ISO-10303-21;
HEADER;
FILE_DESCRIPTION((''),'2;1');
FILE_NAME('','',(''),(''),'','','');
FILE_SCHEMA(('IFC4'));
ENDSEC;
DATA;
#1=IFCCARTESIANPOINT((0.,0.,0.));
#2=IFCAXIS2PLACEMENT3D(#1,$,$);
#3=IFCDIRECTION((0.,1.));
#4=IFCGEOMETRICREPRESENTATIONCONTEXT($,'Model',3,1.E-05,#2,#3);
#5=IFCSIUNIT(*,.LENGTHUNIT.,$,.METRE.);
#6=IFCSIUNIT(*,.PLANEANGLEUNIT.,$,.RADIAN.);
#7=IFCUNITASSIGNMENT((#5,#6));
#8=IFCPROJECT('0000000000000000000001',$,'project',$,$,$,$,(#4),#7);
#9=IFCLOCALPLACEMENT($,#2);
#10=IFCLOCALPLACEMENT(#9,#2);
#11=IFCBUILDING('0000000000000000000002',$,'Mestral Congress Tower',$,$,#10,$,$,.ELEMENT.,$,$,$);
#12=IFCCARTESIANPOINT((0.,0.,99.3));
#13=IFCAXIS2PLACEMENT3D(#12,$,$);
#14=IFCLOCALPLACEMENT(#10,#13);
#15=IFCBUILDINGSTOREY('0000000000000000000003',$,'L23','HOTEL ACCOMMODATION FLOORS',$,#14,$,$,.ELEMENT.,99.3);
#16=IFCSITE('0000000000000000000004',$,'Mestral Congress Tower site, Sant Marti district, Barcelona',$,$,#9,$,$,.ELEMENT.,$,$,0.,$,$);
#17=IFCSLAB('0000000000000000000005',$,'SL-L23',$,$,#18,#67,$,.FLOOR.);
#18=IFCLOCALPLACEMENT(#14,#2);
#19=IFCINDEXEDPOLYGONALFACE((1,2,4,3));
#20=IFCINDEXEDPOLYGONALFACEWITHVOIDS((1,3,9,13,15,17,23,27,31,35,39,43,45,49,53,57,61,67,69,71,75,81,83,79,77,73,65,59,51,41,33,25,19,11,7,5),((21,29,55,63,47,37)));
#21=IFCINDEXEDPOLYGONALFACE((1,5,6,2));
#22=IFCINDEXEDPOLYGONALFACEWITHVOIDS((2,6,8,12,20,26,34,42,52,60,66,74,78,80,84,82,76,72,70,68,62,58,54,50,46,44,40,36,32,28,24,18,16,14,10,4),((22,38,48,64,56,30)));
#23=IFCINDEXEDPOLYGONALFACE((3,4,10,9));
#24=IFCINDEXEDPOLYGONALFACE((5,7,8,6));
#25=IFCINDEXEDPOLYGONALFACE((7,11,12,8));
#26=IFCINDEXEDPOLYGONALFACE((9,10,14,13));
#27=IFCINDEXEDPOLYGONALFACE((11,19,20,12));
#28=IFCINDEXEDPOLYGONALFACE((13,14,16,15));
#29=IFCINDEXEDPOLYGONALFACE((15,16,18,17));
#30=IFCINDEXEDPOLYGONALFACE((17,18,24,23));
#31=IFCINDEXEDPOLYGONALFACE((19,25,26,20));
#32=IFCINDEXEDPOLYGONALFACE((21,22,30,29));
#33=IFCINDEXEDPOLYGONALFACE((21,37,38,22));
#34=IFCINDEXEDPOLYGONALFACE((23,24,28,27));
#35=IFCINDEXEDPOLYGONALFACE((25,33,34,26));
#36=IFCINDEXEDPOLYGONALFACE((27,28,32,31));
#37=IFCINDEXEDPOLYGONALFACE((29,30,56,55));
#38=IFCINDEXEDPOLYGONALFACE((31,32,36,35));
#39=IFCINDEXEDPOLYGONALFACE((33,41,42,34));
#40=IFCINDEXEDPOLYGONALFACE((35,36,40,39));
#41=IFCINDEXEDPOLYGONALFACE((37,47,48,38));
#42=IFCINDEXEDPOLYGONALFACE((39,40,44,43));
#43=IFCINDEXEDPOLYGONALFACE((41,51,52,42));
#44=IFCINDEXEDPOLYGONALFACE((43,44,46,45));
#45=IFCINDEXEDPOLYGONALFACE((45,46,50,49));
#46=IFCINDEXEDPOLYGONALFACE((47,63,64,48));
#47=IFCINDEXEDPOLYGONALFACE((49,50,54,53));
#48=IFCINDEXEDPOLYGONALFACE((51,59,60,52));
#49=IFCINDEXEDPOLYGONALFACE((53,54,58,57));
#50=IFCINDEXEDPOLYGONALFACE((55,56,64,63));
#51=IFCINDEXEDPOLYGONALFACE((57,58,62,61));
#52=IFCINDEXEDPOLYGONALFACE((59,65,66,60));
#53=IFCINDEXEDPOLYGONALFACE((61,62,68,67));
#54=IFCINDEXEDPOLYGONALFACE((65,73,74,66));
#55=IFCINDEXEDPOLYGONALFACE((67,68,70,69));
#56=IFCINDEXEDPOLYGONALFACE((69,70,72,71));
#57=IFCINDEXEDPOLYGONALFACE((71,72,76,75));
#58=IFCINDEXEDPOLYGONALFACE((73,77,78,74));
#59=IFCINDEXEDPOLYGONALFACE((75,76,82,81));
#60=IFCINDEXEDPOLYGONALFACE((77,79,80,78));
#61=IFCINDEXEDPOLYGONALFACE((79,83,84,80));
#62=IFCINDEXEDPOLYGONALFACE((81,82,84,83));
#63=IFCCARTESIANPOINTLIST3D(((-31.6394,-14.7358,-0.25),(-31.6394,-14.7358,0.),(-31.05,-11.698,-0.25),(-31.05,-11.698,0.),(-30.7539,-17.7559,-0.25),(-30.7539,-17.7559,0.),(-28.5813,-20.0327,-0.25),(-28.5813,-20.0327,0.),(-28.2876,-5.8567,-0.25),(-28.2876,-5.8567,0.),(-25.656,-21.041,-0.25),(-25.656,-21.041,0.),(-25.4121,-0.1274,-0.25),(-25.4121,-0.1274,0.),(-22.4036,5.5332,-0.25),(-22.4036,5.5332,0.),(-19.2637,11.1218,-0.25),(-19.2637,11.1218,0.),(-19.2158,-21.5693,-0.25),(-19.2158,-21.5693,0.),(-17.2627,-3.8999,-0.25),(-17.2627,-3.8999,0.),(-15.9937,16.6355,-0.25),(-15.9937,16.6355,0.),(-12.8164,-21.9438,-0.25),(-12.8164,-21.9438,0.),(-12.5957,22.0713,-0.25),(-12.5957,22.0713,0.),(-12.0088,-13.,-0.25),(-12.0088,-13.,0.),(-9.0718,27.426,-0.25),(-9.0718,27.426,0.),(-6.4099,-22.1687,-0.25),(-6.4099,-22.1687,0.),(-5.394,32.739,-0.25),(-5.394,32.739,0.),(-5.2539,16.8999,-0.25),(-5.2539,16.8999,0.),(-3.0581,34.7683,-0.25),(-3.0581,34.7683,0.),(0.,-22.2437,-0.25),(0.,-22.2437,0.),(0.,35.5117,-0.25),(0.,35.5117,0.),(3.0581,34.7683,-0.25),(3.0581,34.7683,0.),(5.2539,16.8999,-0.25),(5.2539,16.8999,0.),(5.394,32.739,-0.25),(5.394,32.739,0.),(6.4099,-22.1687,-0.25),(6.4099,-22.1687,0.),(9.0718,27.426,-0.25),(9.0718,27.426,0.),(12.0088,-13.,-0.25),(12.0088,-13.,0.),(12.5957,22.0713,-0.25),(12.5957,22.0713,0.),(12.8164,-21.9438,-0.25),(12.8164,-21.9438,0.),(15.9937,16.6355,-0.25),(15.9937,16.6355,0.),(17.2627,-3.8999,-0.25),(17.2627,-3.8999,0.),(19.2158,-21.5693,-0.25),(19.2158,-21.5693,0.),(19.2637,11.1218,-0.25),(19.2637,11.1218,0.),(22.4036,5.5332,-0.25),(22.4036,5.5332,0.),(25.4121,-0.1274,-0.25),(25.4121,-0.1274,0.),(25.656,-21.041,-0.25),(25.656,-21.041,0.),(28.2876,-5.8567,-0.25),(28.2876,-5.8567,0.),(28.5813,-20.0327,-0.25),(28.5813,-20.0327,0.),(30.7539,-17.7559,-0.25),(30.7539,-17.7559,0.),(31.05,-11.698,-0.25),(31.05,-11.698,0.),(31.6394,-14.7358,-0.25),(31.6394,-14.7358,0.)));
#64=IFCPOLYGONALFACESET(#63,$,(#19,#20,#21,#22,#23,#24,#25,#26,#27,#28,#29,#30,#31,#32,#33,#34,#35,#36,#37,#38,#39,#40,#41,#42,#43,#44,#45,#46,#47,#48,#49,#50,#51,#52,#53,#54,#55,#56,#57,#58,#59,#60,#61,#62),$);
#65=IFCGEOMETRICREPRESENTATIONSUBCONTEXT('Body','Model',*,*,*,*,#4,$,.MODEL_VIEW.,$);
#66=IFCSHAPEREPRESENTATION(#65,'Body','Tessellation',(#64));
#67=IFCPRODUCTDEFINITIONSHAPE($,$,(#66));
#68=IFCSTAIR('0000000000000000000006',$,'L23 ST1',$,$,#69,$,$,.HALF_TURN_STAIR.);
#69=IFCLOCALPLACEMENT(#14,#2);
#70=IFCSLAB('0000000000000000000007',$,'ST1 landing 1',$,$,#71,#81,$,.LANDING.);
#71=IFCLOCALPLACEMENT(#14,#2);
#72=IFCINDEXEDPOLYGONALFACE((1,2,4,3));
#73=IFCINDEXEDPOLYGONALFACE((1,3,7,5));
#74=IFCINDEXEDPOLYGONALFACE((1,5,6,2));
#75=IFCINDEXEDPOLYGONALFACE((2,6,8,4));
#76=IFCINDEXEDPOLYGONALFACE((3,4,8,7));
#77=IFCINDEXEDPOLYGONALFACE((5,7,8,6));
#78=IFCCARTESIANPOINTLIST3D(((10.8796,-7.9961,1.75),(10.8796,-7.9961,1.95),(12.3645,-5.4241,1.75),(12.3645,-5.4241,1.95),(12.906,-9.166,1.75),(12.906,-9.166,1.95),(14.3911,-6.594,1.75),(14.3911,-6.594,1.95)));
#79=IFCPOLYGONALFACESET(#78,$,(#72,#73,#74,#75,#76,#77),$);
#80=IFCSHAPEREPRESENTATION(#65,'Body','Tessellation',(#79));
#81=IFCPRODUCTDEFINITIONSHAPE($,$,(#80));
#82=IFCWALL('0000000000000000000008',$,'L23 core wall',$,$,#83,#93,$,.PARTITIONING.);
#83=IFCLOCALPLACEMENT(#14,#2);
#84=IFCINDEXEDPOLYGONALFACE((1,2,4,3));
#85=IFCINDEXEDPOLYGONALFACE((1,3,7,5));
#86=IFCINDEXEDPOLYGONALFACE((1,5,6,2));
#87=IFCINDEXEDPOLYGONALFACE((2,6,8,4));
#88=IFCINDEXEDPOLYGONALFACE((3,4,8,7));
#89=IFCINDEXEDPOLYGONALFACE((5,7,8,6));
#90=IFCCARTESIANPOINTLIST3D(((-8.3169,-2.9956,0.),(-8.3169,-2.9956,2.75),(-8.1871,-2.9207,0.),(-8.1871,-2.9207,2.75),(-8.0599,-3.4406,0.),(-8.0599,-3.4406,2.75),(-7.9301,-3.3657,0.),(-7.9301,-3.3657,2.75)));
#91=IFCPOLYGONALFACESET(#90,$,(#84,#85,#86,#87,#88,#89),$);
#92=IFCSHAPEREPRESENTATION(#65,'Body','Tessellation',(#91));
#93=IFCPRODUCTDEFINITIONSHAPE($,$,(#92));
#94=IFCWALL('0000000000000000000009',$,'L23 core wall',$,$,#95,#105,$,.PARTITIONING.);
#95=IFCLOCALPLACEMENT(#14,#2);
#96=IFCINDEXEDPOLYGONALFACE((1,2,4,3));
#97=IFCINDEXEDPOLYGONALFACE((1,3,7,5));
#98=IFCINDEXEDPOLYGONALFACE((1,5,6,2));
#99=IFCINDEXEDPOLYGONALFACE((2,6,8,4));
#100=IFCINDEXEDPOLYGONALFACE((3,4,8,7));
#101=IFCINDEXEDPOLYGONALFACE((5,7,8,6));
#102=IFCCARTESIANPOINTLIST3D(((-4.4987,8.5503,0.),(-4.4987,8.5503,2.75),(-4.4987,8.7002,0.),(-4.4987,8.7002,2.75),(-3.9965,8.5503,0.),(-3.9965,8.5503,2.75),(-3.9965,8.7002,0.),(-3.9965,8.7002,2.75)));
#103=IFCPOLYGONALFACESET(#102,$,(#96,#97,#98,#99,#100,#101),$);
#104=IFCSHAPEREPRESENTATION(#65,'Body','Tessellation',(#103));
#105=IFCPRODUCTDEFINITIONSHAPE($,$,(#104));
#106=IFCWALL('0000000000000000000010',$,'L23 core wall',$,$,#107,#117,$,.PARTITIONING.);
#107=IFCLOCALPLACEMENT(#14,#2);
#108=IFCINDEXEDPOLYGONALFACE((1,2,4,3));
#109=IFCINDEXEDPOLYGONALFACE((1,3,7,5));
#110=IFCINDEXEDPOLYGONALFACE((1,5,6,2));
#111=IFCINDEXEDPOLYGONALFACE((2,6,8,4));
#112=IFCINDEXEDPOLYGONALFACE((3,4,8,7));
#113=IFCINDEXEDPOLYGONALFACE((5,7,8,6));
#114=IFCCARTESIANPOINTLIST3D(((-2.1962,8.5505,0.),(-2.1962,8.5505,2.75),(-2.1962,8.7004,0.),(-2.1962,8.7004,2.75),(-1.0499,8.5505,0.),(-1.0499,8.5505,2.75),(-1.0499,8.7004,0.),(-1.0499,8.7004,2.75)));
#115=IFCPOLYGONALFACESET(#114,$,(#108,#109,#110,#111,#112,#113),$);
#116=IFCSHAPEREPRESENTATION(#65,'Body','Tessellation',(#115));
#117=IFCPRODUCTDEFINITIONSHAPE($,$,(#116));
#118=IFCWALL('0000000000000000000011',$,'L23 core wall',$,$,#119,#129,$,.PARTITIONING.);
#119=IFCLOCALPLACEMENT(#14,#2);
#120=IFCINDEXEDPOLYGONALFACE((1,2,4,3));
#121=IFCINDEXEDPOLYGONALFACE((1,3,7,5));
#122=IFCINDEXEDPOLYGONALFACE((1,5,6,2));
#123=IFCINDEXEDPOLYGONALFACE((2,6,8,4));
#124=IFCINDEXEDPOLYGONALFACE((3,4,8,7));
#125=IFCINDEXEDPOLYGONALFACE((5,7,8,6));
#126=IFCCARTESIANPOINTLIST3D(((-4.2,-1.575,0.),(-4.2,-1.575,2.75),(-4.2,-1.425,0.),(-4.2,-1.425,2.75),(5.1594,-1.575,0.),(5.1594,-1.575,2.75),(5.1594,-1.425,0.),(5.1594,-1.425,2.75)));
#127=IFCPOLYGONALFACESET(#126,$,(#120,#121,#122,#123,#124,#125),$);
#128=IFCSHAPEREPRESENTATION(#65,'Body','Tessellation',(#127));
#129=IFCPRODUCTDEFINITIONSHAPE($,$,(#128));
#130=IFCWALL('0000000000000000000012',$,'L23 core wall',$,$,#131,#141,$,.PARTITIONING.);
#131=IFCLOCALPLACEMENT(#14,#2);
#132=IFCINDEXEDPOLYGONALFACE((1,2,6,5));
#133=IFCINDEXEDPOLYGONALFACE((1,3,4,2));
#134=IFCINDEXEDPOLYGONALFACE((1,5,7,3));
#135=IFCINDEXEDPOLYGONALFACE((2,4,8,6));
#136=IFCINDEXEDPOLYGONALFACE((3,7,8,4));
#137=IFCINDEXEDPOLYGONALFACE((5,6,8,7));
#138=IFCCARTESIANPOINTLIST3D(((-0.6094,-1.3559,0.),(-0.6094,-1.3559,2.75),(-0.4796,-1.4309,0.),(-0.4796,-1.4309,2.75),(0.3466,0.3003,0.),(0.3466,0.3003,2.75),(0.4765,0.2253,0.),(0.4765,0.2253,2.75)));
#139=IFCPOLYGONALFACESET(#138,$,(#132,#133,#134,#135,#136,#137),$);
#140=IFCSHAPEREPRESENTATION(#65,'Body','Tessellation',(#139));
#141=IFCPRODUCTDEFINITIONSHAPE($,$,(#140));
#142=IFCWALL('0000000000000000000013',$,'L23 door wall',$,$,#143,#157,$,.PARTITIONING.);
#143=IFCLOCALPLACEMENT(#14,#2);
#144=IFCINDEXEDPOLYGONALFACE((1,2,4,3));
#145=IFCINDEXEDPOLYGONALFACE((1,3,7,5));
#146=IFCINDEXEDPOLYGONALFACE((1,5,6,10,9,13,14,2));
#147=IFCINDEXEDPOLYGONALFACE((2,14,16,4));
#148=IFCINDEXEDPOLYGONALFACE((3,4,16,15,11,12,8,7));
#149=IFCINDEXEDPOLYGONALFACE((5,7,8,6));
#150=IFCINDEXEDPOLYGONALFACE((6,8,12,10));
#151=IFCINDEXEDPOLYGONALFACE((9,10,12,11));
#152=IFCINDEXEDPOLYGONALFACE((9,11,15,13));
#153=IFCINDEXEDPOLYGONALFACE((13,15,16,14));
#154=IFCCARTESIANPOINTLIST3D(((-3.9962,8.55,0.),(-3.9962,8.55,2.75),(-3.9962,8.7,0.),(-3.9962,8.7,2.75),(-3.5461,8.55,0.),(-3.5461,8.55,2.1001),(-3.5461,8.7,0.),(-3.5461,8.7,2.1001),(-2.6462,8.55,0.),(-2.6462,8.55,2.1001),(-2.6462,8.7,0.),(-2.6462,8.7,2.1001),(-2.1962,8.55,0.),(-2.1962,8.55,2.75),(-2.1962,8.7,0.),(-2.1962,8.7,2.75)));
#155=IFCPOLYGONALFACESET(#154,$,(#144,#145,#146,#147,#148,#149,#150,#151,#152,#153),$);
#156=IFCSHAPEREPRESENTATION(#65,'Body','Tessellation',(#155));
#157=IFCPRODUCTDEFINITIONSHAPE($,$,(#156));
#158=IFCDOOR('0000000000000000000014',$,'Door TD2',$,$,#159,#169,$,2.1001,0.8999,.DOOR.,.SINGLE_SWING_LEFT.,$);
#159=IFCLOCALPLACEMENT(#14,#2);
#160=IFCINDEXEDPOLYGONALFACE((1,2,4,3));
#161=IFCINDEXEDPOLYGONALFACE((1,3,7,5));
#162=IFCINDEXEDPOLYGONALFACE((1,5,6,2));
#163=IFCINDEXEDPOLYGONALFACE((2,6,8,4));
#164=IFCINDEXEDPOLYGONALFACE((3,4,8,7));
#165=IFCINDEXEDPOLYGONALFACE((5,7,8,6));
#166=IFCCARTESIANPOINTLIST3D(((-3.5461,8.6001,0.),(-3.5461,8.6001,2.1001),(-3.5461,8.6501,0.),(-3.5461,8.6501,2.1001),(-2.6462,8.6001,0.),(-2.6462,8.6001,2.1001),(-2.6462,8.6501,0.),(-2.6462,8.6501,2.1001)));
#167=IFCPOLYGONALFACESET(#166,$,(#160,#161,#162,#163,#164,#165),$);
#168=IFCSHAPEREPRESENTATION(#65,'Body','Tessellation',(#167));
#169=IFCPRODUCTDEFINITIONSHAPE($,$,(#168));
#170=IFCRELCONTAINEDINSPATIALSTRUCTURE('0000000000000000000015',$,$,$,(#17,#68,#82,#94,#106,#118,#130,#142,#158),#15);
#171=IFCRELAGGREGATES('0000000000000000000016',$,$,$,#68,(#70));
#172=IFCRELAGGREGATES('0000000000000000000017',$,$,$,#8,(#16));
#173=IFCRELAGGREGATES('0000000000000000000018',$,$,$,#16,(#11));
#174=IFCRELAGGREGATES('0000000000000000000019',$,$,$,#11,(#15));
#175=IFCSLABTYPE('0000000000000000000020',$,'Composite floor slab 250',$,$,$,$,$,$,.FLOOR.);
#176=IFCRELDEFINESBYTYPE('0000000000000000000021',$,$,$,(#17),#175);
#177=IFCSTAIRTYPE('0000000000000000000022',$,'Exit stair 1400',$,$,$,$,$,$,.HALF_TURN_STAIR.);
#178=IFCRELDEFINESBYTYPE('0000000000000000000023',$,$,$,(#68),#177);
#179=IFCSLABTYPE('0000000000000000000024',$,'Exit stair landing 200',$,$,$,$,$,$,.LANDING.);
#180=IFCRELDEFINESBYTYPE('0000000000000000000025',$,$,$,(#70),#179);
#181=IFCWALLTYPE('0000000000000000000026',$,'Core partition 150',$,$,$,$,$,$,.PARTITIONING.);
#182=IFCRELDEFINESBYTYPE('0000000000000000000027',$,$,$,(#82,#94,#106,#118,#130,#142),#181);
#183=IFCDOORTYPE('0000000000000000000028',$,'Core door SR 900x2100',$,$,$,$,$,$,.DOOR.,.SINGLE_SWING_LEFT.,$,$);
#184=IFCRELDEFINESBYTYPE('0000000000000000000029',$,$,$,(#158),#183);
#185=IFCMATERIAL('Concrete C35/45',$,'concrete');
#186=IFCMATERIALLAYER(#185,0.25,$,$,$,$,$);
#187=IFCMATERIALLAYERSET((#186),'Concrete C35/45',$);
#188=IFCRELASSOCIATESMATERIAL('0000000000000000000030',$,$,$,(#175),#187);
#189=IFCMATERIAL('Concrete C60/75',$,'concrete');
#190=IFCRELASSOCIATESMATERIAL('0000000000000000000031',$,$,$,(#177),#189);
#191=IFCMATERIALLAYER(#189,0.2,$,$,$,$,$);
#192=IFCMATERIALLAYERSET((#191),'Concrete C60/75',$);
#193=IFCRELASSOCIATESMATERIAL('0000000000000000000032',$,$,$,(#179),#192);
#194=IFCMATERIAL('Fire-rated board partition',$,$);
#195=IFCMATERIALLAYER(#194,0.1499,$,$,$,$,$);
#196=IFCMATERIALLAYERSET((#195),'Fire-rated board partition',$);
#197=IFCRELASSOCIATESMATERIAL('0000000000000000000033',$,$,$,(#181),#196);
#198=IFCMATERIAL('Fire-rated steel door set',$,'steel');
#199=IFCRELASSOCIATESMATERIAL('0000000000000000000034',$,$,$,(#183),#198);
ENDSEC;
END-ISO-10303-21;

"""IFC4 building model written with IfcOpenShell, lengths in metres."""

from ifc_helpers import new_model, si_unit, direction, frame, frame_2d, origin, place, context, subcontext, project, spatial, polyline, rectangle, outline, extrude, material, layer, layer_set, type_object, element, fill, aggregate, save


model = new_model("IFC4")

# Units and contexts
model_context = context("Model", 3, precision=1e-05, world=origin(), true_north=direction((0.0, 1.0)))
body_context = subcontext(model_context, "Body", "Model", "MODEL_VIEW")
ifc_project = project(units=[si_unit("LENGTHUNIT", "METRE"), si_unit("PLANEANGLEUNIT", "RADIAN")], contexts=[model_context])

# Site, building, storey
site_placement = place(None, origin())
site = spatial("IfcSite", under=ifc_project, at=site_placement, Name="Mestral Congress Tower site, Sant Marti district, Barcelona", CompositionType="ELEMENT", RefElevation=0.0)
building_placement = place(site_placement, origin())
building = spatial("IfcBuilding", under=site, at=building_placement, Name="Mestral Congress Tower", CompositionType="ELEMENT")
storey_placement = place(building_placement, frame((0.0, 0.0, 99.3)))
storey = spatial("IfcBuildingStorey", under=building, at=storey_placement, Name="L23", Description="HOTEL ACCOMMODATION FLOORS", CompositionType="ELEMENT", Elevation=99.3)

# Slab
ifc_material_1 = material(Name="Concrete C35/45", Category="concrete")
ifc_layer_1 = layer(ifc_material_1, 0.25)
ifc_layer_set_1 = layer_set([ifc_layer_1], Name="Concrete C35/45")
slab_type_1 = type_object("IfcSlabType", Name="Composite floor slab 250", PredefinedType="FLOOR", material=ifc_layer_set_1)
slab_1_placement = place(storey_placement, frame((0.0, 0.0, -0.25)))
element("IfcSlab", 1, at=slab_1_placement, inside=storey, type_object=slab_type_1, Name="SL-L23", PredefinedType="FLOOR", context=body_context, shape_type="SweptSolid", body=[
    extrude(outline(polyline([(-25.656, -21.041), (-28.5813, -20.0327), (-30.7539, -17.7559), (-31.6394, -14.7358), (-31.05, -11.698), (-28.2876, -5.8567), (-25.4121, -0.1274), (-22.4036, 5.5332), (-19.2637, 11.1218), (-15.9937, 16.6355), (-12.5957, 22.0713), (-9.0718, 27.426), (-5.394, 32.739), (-3.0581, 34.7683), (0.0, 35.5117), (3.0581, 34.7683), (5.394, 32.739), (9.0718, 27.426), (12.5957, 22.0713), (15.9937, 16.6355), (19.2637, 11.1218), (22.4036, 5.5332), (25.4121, -0.1274), (28.2876, -5.8567), (31.05, -11.698), (31.6394, -14.7358), (30.7539, -17.7559), (28.5813, -20.0327), (25.656, -21.041), (19.2158, -21.5693), (12.8164, -21.9438), (6.4099, -22.1687), (0.0, -22.2437), (-6.4099, -22.1687), (-12.8164, -21.9438), (-19.2158, -21.5693), (-25.656, -21.041)]), holes=[polyline([(-5.2539, 16.8999), (-17.2627, -3.8999), (-12.0088, -13.0), (12.0088, -13.0), (17.2627, -3.8999), (5.2539, 16.8999), (-5.2539, 16.8999)])]), origin(), (0.0, 0.0, 1.0), 0.25),
])

# Stair, slab
ifc_material_2 = material(Name="Concrete C60/75", Category="concrete")
stair_type = type_object("IfcStairType", Name="Exit stair 1400", PredefinedType="HALF_TURN_STAIR", material=ifc_material_2)
stair_placement = place(storey_placement, origin())
stair = element("IfcStair", 2, at=stair_placement, inside=storey, type_object=stair_type, Name="L23 ST1", PredefinedType="HALF_TURN_STAIR")
ifc_layer_2 = layer(ifc_material_2, 0.2)
ifc_layer_set_2 = layer_set([ifc_layer_2], Name="Concrete C60/75")
slab_type_2 = type_object("IfcSlabType", Name="Exit stair landing 200", PredefinedType="LANDING", material=ifc_layer_set_2)
slab_2_placement = place(storey_placement, frame((0.0, 0.0, 1.75)))
slab_2 = element("IfcSlab", 3, at=slab_2_placement, type_object=slab_type_2, Name="ST1 landing 1", PredefinedType="LANDING", context=body_context, shape_type="SweptSolid", body=[
    extrude(outline(polyline([(10.8796, -7.9961), (12.3645, -5.4241), (14.3911, -6.594), (12.906, -9.166), (10.8796, -7.9961)])), origin(), (0.0, 0.0, 1.0), 0.2),
])
aggregate(stair, [slab_2])

# Walls
ifc_material_3 = material(Name="Fire-rated board partition")
ifc_layer_3 = layer(ifc_material_3, 0.1499)
ifc_layer_set_3 = layer_set([ifc_layer_3], Name="Fire-rated board partition")
wall_type_1 = type_object("IfcWallType", Name="Core partition 150", PredefinedType="PARTITIONING", material=ifc_layer_set_3)
wall_1_placement = place(storey_placement, frame((-8.252, -2.9583, 0.0), z_axis=(0.0, 0.0, 1.0), x_axis=(0.500175, -0.865925, 0.0)))
element("IfcWall", 4, at=wall_1_placement, inside=storey, type_object=wall_type_1, Name="L23 core wall", PredefinedType="PARTITIONING", context=body_context, shape_type="SweptSolid", body=[
    extrude(rectangle(XDim=0.5139, YDim=0.1499, at=frame_2d((0.2568, 0.0))), origin(), (0.0, 0.0, 1.0), 2.75),
])
wall_2_placement = place(storey_placement, frame((-3.9966, 8.6252, 0.0), z_axis=(0.0, 0.0, 1.0), x_axis=(-1.0, 0.0, 0.0)))
element("IfcWall", 5, at=wall_2_placement, inside=storey, type_object=wall_type_1, Name="L23 core wall", PredefinedType="PARTITIONING", context=body_context, shape_type="SweptSolid", body=[
    extrude(rectangle(XDim=0.5022, YDim=0.1499, at=frame_2d((0.251, 0.0))), origin(), (0.0, 0.0, 1.0), 2.75),
])
wall_3_placement = place(storey_placement, frame((-2.1963, 8.6255, 0.0), z_axis=(0.0, 0.0, 1.0), x_axis=(1.0, 0.0, 0.0)))
element("IfcWall", 6, at=wall_3_placement, inside=storey, type_object=wall_type_1, Name="L23 core wall", PredefinedType="PARTITIONING", context=body_context, shape_type="SweptSolid", body=[
    extrude(rectangle(XDim=1.1462, YDim=0.1499, at=frame_2d((0.5732, 0.0))), origin(), (0.0, 0.0, 1.0), 2.75),
])
wall_4_placement = place(storey_placement, frame((-4.2, -1.5, 0.0), z_axis=(0.0, 0.0, 1.0), x_axis=(1.0, 0.0, 0.0)))
element("IfcWall", 7, at=wall_4_placement, inside=storey, type_object=wall_type_1, Name="L23 core wall", PredefinedType="PARTITIONING", context=body_context, shape_type="SweptSolid", body=[
    extrude(rectangle(XDim=9.3594, YDim=0.1499, at=frame_2d((4.6797, 0.0))), origin(), (0.0, 0.0, 1.0), 2.75),
])
wall_5_placement = place(storey_placement, frame((-0.5444, -1.3933, 0.0), z_axis=(0.0, 0.0, 1.0), x_axis=(0.499929, 0.866067, 0.0)))
element("IfcWall", 8, at=wall_5_placement, inside=storey, type_object=wall_type_1, Name="L23 core wall", PredefinedType="PARTITIONING", context=body_context, shape_type="SweptSolid", body=[
    extrude(rectangle(XDim=1.9124, YDim=0.1499, at=frame_2d((0.9561, 0.0))), origin(), (0.0, 0.0, 1.0), 2.75),
])

# Wall, opening, door
wall_6_placement = place(storey_placement, frame((-2.1963, 8.625, 0.0), z_axis=(0.0, 0.0, 1.0), x_axis=(-1.0, 0.0, 0.0)))
wall_6 = element("IfcWall", 9, at=wall_6_placement, inside=storey, type_object=wall_type_1, Name="L23 door wall", PredefinedType="PARTITIONING", context=body_context, shape_type="SweptSolid", body=[
    extrude(rectangle(XDim=1.8, YDim=0.1499, at=frame_2d((0.8999, 0.0))), origin(), (0.0, 0.0, 1.0), 2.75),
])
opening_1_placement = place(wall_6_placement, frame((0.45, 0.0, 0.0)))
opening_1 = element("IfcOpeningElement", 10, at=opening_1_placement, cuts=wall_6, PredefinedType="OPENING", context=body_context, shape_type="SweptSolid", body=[
    extrude(rectangle(XDim=0.8999, YDim=2.1001, at=frame_2d((0.45, 1.05))), frame((0.0, 0.085, 0.0), z_axis=(0.0, -1.0, 0.0), x_axis=(1.0, 0.0, 0.0)), (0.0, 0.0, 1.0), 0.1699),
])
ifc_material_4 = material(Name="Fire-rated steel door set", Category="steel")
door_type_1 = type_object("IfcDoorType", Name="Core door SR 900x2100", OperationType="SINGLE_SWING_LEFT", PredefinedType="DOOR", material=ifc_material_4)
door_1_placement = place(opening_1_placement, origin())
door_1 = element("IfcDoor", 11, at=door_1_placement, inside=storey, type_object=door_type_1, Name="Door TD2", OperationType="SINGLE_SWING_LEFT", OverallHeight=2.1001, OverallWidth=0.8999, PredefinedType="DOOR", context=body_context, shape_type="SweptSolid", body=[
    extrude(rectangle(XDim=0.8999, YDim=2.1001, at=frame_2d((0.45, 1.05))), frame((0.0, 0.0249, 0.0), z_axis=(0.0, -1.0, 0.0), x_axis=(1.0, 0.0, 0.0)), (0.0, 0.0, 1.0), 0.05),
])
fill(opening_1, door_1)

save(model, "model.ifc")
